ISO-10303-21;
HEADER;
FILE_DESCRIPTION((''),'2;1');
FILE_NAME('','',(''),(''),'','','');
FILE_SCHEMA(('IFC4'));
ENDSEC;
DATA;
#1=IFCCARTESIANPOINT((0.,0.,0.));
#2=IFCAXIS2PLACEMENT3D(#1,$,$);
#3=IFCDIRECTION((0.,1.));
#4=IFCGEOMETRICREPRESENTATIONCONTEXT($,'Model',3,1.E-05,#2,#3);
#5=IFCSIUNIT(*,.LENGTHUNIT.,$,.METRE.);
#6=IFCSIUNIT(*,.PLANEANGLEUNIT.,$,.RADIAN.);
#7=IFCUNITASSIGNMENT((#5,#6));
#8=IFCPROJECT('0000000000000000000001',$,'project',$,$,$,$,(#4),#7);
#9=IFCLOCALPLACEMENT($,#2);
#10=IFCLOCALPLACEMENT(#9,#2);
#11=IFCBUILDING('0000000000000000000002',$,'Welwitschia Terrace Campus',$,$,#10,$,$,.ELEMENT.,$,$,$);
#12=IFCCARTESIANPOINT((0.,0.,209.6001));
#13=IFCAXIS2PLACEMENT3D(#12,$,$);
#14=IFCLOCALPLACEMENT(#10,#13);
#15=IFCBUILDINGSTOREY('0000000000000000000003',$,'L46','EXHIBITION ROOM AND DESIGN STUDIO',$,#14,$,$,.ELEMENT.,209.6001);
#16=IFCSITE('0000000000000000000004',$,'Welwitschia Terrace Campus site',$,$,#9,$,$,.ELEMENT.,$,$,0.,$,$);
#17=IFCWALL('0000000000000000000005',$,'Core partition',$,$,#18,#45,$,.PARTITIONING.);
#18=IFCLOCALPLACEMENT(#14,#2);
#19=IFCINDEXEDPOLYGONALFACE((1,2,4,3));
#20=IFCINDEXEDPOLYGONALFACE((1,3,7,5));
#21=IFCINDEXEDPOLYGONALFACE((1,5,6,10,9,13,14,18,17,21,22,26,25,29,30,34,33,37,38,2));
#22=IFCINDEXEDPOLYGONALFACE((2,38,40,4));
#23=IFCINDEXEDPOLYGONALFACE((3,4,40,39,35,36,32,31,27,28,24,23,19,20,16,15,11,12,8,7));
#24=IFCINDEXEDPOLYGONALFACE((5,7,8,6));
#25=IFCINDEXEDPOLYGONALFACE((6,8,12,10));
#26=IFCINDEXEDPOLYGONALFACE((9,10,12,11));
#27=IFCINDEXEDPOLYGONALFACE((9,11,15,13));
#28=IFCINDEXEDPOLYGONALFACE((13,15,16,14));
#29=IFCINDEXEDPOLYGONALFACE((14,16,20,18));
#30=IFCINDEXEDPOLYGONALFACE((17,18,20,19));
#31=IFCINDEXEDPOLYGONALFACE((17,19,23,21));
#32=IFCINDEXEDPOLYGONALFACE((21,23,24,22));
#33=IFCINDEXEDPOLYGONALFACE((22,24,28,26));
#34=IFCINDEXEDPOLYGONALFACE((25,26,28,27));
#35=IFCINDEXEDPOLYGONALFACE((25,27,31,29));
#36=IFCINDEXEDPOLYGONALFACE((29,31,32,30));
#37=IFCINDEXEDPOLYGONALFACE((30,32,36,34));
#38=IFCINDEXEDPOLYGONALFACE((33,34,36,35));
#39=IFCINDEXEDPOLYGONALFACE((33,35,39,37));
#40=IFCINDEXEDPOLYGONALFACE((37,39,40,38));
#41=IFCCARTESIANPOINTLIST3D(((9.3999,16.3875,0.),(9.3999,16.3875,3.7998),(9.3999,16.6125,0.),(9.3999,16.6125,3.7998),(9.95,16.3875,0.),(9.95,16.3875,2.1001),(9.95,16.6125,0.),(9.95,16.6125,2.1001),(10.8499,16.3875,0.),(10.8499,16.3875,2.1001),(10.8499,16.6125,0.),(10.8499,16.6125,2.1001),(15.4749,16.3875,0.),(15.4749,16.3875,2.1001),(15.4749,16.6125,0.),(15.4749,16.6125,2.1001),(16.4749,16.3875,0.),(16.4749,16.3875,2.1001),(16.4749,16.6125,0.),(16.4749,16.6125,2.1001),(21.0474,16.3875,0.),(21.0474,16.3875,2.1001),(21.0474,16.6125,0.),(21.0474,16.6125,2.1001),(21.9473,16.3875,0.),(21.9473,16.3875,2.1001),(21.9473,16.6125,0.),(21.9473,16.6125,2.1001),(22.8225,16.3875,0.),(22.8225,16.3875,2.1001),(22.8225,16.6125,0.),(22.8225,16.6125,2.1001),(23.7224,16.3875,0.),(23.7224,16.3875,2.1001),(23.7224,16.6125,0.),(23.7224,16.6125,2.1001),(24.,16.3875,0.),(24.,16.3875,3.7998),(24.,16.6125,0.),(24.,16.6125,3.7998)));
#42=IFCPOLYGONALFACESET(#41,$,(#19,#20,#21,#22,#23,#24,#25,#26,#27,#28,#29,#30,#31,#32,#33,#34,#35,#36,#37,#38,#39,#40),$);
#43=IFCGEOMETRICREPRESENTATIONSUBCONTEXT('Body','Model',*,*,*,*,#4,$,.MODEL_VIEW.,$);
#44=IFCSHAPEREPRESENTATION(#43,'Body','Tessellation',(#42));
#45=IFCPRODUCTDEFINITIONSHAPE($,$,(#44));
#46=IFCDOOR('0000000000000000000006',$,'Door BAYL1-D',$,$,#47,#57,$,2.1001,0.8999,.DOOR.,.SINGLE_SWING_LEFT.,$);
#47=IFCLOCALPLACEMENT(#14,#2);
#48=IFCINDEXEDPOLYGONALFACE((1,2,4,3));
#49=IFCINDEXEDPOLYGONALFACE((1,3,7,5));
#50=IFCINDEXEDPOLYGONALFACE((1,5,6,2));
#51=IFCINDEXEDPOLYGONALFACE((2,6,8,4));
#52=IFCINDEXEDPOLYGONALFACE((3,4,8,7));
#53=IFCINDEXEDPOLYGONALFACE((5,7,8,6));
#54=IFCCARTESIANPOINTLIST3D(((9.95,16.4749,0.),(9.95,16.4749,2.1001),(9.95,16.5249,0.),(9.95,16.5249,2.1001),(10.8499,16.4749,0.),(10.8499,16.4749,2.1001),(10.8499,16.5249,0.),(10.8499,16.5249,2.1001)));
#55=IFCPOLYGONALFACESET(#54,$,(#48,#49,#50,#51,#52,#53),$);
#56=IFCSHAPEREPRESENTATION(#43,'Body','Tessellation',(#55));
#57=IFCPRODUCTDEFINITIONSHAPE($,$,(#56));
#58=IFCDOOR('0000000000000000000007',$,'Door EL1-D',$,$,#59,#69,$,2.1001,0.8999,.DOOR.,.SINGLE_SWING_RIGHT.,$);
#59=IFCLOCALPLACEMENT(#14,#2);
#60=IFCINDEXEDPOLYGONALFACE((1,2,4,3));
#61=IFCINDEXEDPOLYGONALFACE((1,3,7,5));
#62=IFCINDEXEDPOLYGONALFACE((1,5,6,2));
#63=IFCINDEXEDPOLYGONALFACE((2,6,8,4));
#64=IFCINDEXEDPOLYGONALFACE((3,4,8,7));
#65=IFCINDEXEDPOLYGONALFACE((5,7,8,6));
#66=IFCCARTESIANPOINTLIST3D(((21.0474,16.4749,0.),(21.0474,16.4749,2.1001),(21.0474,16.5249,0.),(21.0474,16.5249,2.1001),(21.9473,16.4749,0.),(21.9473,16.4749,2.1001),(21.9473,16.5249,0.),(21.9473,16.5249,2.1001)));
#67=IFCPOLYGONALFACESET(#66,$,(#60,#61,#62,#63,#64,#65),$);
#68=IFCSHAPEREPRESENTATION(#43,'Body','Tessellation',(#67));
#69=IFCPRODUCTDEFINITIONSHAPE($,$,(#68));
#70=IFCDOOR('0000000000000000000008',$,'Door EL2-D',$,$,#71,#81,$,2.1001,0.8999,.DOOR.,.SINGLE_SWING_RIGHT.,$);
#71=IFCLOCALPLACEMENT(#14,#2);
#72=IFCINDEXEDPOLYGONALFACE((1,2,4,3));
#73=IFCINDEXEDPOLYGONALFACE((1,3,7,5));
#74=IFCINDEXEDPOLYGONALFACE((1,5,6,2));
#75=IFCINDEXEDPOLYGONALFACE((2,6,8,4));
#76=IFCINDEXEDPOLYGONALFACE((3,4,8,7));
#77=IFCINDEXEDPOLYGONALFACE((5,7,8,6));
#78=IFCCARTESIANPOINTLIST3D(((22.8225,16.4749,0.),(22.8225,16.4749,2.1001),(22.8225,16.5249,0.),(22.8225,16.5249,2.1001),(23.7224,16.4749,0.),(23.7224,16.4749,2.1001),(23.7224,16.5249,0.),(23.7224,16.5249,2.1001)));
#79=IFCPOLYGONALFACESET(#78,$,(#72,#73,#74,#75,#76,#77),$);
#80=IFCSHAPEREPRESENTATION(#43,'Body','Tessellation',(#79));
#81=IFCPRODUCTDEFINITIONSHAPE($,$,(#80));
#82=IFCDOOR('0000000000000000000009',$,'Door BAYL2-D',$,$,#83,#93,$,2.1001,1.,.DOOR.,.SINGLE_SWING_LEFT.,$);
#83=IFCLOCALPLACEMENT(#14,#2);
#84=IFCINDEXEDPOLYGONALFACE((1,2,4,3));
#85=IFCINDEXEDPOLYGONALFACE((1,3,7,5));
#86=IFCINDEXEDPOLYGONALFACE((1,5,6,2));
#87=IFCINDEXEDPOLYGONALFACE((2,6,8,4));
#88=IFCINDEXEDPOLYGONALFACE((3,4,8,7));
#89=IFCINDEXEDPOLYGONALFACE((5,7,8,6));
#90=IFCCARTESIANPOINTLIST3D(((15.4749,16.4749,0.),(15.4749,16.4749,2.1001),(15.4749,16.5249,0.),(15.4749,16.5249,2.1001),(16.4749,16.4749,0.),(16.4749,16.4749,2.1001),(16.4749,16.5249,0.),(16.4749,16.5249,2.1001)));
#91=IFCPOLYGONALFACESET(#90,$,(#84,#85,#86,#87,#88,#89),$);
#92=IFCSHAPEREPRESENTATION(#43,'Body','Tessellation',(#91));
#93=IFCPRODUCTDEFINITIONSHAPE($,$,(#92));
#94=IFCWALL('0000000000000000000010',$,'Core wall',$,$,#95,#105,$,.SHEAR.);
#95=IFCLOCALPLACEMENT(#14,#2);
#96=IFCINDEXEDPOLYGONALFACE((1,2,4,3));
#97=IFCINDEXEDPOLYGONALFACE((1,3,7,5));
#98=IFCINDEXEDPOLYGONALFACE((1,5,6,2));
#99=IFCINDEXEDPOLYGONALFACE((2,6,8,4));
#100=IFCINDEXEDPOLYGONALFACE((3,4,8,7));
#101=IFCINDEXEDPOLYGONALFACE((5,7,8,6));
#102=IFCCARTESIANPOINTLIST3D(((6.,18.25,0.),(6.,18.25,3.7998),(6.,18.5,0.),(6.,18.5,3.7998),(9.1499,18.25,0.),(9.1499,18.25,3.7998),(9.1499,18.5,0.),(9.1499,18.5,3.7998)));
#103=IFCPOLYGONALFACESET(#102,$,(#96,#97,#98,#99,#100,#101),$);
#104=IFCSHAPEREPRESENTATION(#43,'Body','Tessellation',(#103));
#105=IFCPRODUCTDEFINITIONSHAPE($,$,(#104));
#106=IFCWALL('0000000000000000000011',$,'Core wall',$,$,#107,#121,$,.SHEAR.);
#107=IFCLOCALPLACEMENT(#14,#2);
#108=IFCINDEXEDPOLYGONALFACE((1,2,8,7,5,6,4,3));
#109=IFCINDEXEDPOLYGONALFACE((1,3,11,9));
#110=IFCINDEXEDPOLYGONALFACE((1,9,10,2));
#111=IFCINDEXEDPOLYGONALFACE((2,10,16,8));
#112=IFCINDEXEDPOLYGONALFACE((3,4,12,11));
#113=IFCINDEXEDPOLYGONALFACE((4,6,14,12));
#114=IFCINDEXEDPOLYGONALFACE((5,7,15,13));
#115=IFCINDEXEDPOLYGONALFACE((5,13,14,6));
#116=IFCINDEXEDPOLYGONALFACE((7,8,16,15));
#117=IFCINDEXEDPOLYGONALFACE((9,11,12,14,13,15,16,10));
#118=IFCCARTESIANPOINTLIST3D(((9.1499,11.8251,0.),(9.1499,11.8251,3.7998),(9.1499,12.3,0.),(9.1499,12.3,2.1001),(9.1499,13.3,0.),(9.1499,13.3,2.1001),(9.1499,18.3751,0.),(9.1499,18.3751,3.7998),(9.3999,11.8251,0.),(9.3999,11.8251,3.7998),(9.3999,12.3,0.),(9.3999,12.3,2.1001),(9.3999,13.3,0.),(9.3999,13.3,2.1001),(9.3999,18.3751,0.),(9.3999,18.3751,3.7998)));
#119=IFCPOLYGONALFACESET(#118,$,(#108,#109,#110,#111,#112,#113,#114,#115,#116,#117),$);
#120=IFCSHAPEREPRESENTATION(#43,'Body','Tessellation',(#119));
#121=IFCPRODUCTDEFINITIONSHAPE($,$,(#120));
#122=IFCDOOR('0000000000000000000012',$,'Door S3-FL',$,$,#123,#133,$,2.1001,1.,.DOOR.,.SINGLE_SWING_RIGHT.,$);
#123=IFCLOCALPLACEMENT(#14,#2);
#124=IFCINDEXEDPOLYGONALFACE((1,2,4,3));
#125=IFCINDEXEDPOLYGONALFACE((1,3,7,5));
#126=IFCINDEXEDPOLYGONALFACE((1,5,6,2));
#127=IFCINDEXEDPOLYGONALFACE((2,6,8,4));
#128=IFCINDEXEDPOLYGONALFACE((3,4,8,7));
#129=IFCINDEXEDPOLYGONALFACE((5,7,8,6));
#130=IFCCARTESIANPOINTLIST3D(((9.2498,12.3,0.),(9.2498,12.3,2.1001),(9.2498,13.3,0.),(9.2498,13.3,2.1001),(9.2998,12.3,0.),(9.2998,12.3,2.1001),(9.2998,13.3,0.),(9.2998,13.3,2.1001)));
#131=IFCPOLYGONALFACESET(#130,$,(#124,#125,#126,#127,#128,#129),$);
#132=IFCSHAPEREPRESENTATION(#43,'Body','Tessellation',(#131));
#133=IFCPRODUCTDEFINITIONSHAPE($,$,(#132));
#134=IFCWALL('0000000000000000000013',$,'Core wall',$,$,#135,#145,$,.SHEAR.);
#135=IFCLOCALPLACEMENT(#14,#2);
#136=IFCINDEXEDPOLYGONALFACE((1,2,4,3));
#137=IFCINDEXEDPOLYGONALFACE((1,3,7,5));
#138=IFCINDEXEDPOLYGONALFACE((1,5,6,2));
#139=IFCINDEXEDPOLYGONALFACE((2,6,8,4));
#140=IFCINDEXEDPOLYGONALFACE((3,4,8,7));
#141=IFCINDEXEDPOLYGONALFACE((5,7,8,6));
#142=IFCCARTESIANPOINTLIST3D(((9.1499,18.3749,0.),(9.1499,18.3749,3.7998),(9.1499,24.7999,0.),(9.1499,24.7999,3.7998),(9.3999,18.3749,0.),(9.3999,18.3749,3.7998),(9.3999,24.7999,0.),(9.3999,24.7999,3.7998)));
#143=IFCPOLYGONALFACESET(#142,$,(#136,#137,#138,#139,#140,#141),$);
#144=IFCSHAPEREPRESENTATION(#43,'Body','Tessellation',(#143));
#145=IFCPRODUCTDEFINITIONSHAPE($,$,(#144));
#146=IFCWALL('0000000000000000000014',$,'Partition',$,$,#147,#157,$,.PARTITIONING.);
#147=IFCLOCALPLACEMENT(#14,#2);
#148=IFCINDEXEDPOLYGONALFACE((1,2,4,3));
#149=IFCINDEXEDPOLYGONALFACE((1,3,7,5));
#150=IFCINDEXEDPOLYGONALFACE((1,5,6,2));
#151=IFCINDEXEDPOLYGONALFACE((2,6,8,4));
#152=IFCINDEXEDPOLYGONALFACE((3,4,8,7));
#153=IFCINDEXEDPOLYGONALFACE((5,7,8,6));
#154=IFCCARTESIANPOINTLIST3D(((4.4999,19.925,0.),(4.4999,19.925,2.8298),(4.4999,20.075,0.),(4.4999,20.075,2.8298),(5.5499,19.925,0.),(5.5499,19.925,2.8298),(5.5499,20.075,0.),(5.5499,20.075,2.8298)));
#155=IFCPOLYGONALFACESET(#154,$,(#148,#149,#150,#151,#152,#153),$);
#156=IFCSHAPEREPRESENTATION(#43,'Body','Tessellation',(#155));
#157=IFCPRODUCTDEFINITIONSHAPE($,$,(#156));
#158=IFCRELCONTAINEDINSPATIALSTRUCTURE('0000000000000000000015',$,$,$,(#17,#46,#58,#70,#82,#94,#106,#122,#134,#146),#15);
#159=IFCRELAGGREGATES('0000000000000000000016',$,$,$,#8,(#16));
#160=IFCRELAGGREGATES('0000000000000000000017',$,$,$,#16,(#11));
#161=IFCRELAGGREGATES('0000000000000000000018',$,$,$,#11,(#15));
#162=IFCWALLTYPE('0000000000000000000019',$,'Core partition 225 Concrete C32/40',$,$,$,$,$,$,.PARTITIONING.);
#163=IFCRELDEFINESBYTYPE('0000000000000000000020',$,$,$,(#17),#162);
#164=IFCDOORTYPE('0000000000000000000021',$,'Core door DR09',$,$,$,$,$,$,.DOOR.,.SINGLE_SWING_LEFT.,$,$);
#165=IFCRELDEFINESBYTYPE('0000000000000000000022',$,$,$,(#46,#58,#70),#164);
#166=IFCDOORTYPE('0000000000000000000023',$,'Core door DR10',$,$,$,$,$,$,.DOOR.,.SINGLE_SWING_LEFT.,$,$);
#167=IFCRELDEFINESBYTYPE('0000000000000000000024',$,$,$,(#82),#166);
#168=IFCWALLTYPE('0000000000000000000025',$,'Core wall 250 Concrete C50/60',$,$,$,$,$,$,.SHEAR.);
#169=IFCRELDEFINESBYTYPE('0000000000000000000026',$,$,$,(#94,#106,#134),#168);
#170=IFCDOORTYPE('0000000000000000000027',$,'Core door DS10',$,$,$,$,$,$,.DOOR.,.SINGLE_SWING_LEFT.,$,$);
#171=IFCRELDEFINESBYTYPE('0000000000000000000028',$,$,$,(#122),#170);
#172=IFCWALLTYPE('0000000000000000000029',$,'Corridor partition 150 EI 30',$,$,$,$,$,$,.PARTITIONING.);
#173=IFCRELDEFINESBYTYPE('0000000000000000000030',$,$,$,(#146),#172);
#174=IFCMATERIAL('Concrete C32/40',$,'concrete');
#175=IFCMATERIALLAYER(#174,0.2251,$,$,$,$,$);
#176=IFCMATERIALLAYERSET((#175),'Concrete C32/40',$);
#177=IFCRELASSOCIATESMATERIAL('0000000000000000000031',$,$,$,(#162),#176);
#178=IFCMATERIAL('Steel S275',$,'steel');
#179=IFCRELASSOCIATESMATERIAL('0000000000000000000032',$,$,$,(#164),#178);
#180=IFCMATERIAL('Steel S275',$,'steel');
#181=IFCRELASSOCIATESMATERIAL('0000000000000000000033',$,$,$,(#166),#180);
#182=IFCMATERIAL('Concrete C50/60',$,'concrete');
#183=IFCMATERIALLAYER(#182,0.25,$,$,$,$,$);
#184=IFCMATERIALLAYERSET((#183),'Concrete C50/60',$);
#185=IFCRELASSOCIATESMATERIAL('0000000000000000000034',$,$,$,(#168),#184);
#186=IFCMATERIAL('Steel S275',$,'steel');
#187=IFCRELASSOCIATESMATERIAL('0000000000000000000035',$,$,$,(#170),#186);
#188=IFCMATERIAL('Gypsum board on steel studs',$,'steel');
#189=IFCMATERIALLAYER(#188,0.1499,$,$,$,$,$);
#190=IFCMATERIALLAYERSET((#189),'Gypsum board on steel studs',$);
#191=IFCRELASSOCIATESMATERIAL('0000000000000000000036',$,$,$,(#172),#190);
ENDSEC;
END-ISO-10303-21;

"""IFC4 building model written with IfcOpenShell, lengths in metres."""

from ifc_helpers import new_model, si_unit, direction, frame, frame_2d, origin, place, context, subcontext, project, spatial, rectangle, extrude, material, layer, layer_set, type_object, element, fill, save


model = new_model("IFC4")

# Units and contexts
model_context = context("Model", 3, precision=1e-05, world=origin(), true_north=direction((0.0, 1.0)))
body_context = subcontext(model_context, "Body", "Model", "MODEL_VIEW")
ifc_project = project(units=[si_unit("LENGTHUNIT", "METRE"), si_unit("PLANEANGLEUNIT", "RADIAN")], contexts=[model_context])

# Site, building, storey
site_placement = place(None, origin())
site = spatial("IfcSite", under=ifc_project, at=site_placement, Name="Welwitschia Terrace Campus site", CompositionType="ELEMENT", RefElevation=0.0)
building_placement = place(site_placement, origin())
building = spatial("IfcBuilding", under=site, at=building_placement, Name="Welwitschia Terrace Campus", CompositionType="ELEMENT")
storey_placement = place(building_placement, frame((0.0, 0.0, 209.6001)))
storey = spatial("IfcBuildingStorey", under=building, at=storey_placement, Name="L46", Description="EXHIBITION ROOM AND DESIGN STUDIO", CompositionType="ELEMENT", Elevation=209.6001)

# Shared definitions
ifc_material_1 = material(Name="Concrete C32/40", Category="concrete")
ifc_layer_1 = layer(ifc_material_1, 0.2251)
ifc_layer_set_1 = layer_set([ifc_layer_1], Name="Concrete C32/40")
wall_type_1 = type_object("IfcWallType", Name="Core partition 225 Concrete C32/40", PredefinedType="PARTITIONING", material=ifc_layer_set_1)

# Wall, openings, doors
wall_1_placement = place(storey_placement, frame((9.3999, 16.5, 0.0), z_axis=(0.0, 0.0, 1.0), x_axis=(1.0, 0.0, 0.0)))
wall_1 = element("IfcWall", 1, at=wall_1_placement, inside=storey, type_object=wall_type_1, Name="Core partition", PredefinedType="PARTITIONING", context=body_context, shape_type="SweptSolid", body=[
    extrude(rectangle(XDim=14.6001, YDim=0.2251, at=frame_2d((7.3, 0.0))), origin(), (0.0, 0.0, 1.0), 3.7998),
])
opening_1_placement = place(wall_1_placement, frame((0.55, 0.0, 0.0)))
opening_1 = element("IfcOpeningElement", 2, at=opening_1_placement, cuts=wall_1, PredefinedType="OPENING", context=body_context, shape_type="SweptSolid", body=[
    extrude(rectangle(XDim=0.8999, YDim=2.1001, at=frame_2d((0.45, 1.05))), frame((0.0, 0.1226, 0.0), z_axis=(0.0, -1.0, 0.0), x_axis=(1.0, 0.0, 0.0)), (0.0, 0.0, 1.0), 0.2451),
])
opening_2_placement = place(wall_1_placement, frame((6.075, 0.0, 0.0)))
opening_2 = element("IfcOpeningElement", 3, at=opening_2_placement, cuts=wall_1, PredefinedType="OPENING", context=body_context, shape_type="SweptSolid", body=[
    extrude(rectangle(XDim=1.0, YDim=2.1001, at=frame_2d((0.5, 1.05))), frame((0.0, 0.1226, 0.0), z_axis=(0.0, -1.0, 0.0), x_axis=(1.0, 0.0, 0.0)), (0.0, 0.0, 1.0), 0.2451),
])
opening_3_placement = place(wall_1_placement, frame((11.6475, 0.0, 0.0)))
opening_3 = element("IfcOpeningElement", 4, at=opening_3_placement, cuts=wall_1, PredefinedType="OPENING", context=body_context, shape_type="SweptSolid", body=[
    extrude(rectangle(XDim=0.8999, YDim=2.1001, at=frame_2d((0.45, 1.05))), frame((0.0, 0.1226, 0.0), z_axis=(0.0, -1.0, 0.0), x_axis=(1.0, 0.0, 0.0)), (0.0, 0.0, 1.0), 0.2451),
])
opening_4_placement = place(wall_1_placement, frame((13.4226, 0.0, 0.0)))
opening_4 = element("IfcOpeningElement", 5, at=opening_4_placement, cuts=wall_1, PredefinedType="OPENING", context=body_context, shape_type="SweptSolid", body=[
    extrude(rectangle(XDim=0.8999, YDim=2.1001, at=frame_2d((0.45, 1.05))), frame((0.0, 0.1226, 0.0), z_axis=(0.0, -1.0, 0.0), x_axis=(1.0, 0.0, 0.0)), (0.0, 0.0, 1.0), 0.2451),
])
ifc_material_2 = material(Name="Steel S275", Category="steel")
door_type_1 = type_object("IfcDoorType", Name="Core door DR09", OperationType="SINGLE_SWING_LEFT", PredefinedType="DOOR", material=ifc_material_2)
door_1_placement = place(opening_1_placement, origin())
door_1 = element("IfcDoor", 6, at=door_1_placement, inside=storey, type_object=door_type_1, Name="Door BAYL1-D", OperationType="SINGLE_SWING_LEFT", OverallHeight=2.1001, OverallWidth=0.8999, PredefinedType="DOOR", context=body_context, shape_type="SweptSolid", body=[
    extrude(rectangle(XDim=0.8999, YDim=2.1001, at=frame_2d((0.45, 1.05))), frame((0.0, 0.0249, 0.0), z_axis=(0.0, -1.0, 0.0), x_axis=(1.0, 0.0, 0.0)), (0.0, 0.0, 1.0), 0.05),
])
fill(opening_1, door_1)
door_2_placement = place(opening_3_placement, origin())
door_2 = element("IfcDoor", 7, at=door_2_placement, inside=storey, type_object=door_type_1, Name="Door EL1-D", OperationType="SINGLE_SWING_RIGHT", OverallHeight=2.1001, OverallWidth=0.8999, PredefinedType="DOOR", context=body_context, shape_type="SweptSolid", body=[
    extrude(rectangle(XDim=0.8999, YDim=2.1001, at=frame_2d((0.45, 1.05))), frame((0.0, 0.0249, 0.0), z_axis=(0.0, -1.0, 0.0), x_axis=(1.0, 0.0, 0.0)), (0.0, 0.0, 1.0), 0.05),
])
fill(opening_3, door_2)
door_3_placement = place(opening_4_placement, origin())
door_3 = element("IfcDoor", 8, at=door_3_placement, inside=storey, type_object=door_type_1, Name="Door EL2-D", OperationType="SINGLE_SWING_RIGHT", OverallHeight=2.1001, OverallWidth=0.8999, PredefinedType="DOOR", context=body_context, shape_type="SweptSolid", body=[
    extrude(rectangle(XDim=0.8999, YDim=2.1001, at=frame_2d((0.45, 1.05))), frame((0.0, 0.0249, 0.0), z_axis=(0.0, -1.0, 0.0), x_axis=(1.0, 0.0, 0.0)), (0.0, 0.0, 1.0), 0.05),
])
fill(opening_4, door_3)
ifc_material_3 = material(Name="Steel S275", Category="steel")
door_type_2 = type_object("IfcDoorType", Name="Core door DR10", OperationType="SINGLE_SWING_LEFT", PredefinedType="DOOR", material=ifc_material_3)
door_4_placement = place(opening_2_placement, origin())
door_4 = element("IfcDoor", 9, at=door_4_placement, inside=storey, type_object=door_type_2, Name="Door BAYL2-D", OperationType="SINGLE_SWING_LEFT", OverallHeight=2.1001, OverallWidth=1.0, PredefinedType="DOOR", context=body_context, shape_type="SweptSolid", body=[
    extrude(rectangle(XDim=1.0, YDim=2.1001, at=frame_2d((0.5, 1.05))), frame((0.0, 0.0249, 0.0), z_axis=(0.0, -1.0, 0.0), x_axis=(1.0, 0.0, 0.0)), (0.0, 0.0, 1.0), 0.05),
])
fill(opening_2, door_4)

# Wall
ifc_material_4 = material(Name="Concrete C50/60", Category="concrete")
ifc_layer_2 = layer(ifc_material_4, 0.25)
ifc_layer_set_2 = layer_set([ifc_layer_2], Name="Concrete C50/60")
wall_type_2 = type_object("IfcWallType", Name="Core wall 250 Concrete C50/60", PredefinedType="SHEAR", material=ifc_layer_set_2)
wall_2_placement = place(storey_placement, frame((6.0, 18.375, 0.0), z_axis=(0.0, 0.0, 1.0), x_axis=(1.0, 0.0, 0.0)))
element("IfcWall", 10, at=wall_2_placement, inside=storey, type_object=wall_type_2, Name="Core wall", PredefinedType="SHEAR", context=body_context, shape_type="SweptSolid", body=[
    extrude(rectangle(XDim=3.1499, YDim=0.25, at=frame_2d((1.575, 0.0))), origin(), (0.0, 0.0, 1.0), 3.7998),
])

# Wall, opening, door
wall_3_placement = place(storey_placement, frame((9.2749, 18.375, 0.0), z_axis=(0.0, 0.0, 1.0), x_axis=(0.0, -1.0, 0.0)))
wall_3 = element("IfcWall", 11, at=wall_3_placement, inside=storey, type_object=wall_type_2, Name="Core wall", PredefinedType="SHEAR", context=body_context, shape_type="SweptSolid", body=[
    extrude(rectangle(XDim=6.55, YDim=0.25, at=frame_2d((3.2749, 0.0))), origin(), (0.0, 0.0, 1.0), 3.7998),
])
opening_5_placement = place(wall_3_placement, frame((5.075, 0.0, 0.0)))
opening_5 = element("IfcOpeningElement", 12, at=opening_5_placement, cuts=wall_3, PredefinedType="OPENING", context=body_context, shape_type="SweptSolid", body=[
    extrude(rectangle(XDim=1.0, YDim=2.1001, at=frame_2d((0.5, 1.05))), frame((0.0, 0.135, 0.0), z_axis=(0.0, -1.0, 0.0), x_axis=(1.0, 0.0, 0.0)), (0.0, 0.0, 1.0), 0.27),
])
ifc_material_5 = material(Name="Steel S275", Category="steel")
door_type_3 = type_object("IfcDoorType", Name="Core door DS10", OperationType="SINGLE_SWING_LEFT", PredefinedType="DOOR", material=ifc_material_5)
door_5_placement = place(opening_5_placement, origin())
door_5 = element("IfcDoor", 13, at=door_5_placement, inside=storey, type_object=door_type_3, Name="Door S3-FL", OperationType="SINGLE_SWING_RIGHT", OverallHeight=2.1001, OverallWidth=1.0, PredefinedType="DOOR", context=body_context, shape_type="SweptSolid", body=[
    extrude(rectangle(XDim=1.0, YDim=2.1001, at=frame_2d((0.5, 1.05))), frame((0.0, 0.0249, 0.0), z_axis=(0.0, -1.0, 0.0), x_axis=(1.0, 0.0, 0.0)), (0.0, 0.0, 1.0), 0.05),
])
fill(opening_5, door_5)

# Walls
wall_4_placement = place(storey_placement, frame((9.2749, 18.375, 0.0), z_axis=(0.0, 0.0, 1.0), x_axis=(0.0, 1.0, 0.0)))
element("IfcWall", 14, at=wall_4_placement, inside=storey, type_object=wall_type_2, Name="Core wall", PredefinedType="SHEAR", context=body_context, shape_type="SweptSolid", body=[
    extrude(rectangle(XDim=6.425, YDim=0.25, at=frame_2d((3.2124, 0.0))), origin(), (0.0, 0.0, 1.0), 3.7998),
])
ifc_material_6 = material(Name="Gypsum board on steel studs", Category="steel")
ifc_layer_3 = layer(ifc_material_6, 0.1499)
ifc_layer_set_3 = layer_set([ifc_layer_3], Name="Gypsum board on steel studs")
wall_type_3 = type_object("IfcWallType", Name="Corridor partition 150 EI 30", PredefinedType="PARTITIONING", material=ifc_layer_set_3)
wall_5_placement = place(storey_placement, frame((4.5, 20.0, 0.0), z_axis=(0.0, 0.0, 1.0), x_axis=(1.0, 0.0, 0.0)))
element("IfcWall", 15, at=wall_5_placement, inside=storey, type_object=wall_type_3, Name="Partition", PredefinedType="PARTITIONING", context=body_context, shape_type="SweptSolid", body=[
    extrude(rectangle(XDim=1.05, YDim=0.1499, at=frame_2d((0.5249, 0.0))), origin(), (0.0, 0.0, 1.0), 2.8298),
])

save(model, "model.ifc")
